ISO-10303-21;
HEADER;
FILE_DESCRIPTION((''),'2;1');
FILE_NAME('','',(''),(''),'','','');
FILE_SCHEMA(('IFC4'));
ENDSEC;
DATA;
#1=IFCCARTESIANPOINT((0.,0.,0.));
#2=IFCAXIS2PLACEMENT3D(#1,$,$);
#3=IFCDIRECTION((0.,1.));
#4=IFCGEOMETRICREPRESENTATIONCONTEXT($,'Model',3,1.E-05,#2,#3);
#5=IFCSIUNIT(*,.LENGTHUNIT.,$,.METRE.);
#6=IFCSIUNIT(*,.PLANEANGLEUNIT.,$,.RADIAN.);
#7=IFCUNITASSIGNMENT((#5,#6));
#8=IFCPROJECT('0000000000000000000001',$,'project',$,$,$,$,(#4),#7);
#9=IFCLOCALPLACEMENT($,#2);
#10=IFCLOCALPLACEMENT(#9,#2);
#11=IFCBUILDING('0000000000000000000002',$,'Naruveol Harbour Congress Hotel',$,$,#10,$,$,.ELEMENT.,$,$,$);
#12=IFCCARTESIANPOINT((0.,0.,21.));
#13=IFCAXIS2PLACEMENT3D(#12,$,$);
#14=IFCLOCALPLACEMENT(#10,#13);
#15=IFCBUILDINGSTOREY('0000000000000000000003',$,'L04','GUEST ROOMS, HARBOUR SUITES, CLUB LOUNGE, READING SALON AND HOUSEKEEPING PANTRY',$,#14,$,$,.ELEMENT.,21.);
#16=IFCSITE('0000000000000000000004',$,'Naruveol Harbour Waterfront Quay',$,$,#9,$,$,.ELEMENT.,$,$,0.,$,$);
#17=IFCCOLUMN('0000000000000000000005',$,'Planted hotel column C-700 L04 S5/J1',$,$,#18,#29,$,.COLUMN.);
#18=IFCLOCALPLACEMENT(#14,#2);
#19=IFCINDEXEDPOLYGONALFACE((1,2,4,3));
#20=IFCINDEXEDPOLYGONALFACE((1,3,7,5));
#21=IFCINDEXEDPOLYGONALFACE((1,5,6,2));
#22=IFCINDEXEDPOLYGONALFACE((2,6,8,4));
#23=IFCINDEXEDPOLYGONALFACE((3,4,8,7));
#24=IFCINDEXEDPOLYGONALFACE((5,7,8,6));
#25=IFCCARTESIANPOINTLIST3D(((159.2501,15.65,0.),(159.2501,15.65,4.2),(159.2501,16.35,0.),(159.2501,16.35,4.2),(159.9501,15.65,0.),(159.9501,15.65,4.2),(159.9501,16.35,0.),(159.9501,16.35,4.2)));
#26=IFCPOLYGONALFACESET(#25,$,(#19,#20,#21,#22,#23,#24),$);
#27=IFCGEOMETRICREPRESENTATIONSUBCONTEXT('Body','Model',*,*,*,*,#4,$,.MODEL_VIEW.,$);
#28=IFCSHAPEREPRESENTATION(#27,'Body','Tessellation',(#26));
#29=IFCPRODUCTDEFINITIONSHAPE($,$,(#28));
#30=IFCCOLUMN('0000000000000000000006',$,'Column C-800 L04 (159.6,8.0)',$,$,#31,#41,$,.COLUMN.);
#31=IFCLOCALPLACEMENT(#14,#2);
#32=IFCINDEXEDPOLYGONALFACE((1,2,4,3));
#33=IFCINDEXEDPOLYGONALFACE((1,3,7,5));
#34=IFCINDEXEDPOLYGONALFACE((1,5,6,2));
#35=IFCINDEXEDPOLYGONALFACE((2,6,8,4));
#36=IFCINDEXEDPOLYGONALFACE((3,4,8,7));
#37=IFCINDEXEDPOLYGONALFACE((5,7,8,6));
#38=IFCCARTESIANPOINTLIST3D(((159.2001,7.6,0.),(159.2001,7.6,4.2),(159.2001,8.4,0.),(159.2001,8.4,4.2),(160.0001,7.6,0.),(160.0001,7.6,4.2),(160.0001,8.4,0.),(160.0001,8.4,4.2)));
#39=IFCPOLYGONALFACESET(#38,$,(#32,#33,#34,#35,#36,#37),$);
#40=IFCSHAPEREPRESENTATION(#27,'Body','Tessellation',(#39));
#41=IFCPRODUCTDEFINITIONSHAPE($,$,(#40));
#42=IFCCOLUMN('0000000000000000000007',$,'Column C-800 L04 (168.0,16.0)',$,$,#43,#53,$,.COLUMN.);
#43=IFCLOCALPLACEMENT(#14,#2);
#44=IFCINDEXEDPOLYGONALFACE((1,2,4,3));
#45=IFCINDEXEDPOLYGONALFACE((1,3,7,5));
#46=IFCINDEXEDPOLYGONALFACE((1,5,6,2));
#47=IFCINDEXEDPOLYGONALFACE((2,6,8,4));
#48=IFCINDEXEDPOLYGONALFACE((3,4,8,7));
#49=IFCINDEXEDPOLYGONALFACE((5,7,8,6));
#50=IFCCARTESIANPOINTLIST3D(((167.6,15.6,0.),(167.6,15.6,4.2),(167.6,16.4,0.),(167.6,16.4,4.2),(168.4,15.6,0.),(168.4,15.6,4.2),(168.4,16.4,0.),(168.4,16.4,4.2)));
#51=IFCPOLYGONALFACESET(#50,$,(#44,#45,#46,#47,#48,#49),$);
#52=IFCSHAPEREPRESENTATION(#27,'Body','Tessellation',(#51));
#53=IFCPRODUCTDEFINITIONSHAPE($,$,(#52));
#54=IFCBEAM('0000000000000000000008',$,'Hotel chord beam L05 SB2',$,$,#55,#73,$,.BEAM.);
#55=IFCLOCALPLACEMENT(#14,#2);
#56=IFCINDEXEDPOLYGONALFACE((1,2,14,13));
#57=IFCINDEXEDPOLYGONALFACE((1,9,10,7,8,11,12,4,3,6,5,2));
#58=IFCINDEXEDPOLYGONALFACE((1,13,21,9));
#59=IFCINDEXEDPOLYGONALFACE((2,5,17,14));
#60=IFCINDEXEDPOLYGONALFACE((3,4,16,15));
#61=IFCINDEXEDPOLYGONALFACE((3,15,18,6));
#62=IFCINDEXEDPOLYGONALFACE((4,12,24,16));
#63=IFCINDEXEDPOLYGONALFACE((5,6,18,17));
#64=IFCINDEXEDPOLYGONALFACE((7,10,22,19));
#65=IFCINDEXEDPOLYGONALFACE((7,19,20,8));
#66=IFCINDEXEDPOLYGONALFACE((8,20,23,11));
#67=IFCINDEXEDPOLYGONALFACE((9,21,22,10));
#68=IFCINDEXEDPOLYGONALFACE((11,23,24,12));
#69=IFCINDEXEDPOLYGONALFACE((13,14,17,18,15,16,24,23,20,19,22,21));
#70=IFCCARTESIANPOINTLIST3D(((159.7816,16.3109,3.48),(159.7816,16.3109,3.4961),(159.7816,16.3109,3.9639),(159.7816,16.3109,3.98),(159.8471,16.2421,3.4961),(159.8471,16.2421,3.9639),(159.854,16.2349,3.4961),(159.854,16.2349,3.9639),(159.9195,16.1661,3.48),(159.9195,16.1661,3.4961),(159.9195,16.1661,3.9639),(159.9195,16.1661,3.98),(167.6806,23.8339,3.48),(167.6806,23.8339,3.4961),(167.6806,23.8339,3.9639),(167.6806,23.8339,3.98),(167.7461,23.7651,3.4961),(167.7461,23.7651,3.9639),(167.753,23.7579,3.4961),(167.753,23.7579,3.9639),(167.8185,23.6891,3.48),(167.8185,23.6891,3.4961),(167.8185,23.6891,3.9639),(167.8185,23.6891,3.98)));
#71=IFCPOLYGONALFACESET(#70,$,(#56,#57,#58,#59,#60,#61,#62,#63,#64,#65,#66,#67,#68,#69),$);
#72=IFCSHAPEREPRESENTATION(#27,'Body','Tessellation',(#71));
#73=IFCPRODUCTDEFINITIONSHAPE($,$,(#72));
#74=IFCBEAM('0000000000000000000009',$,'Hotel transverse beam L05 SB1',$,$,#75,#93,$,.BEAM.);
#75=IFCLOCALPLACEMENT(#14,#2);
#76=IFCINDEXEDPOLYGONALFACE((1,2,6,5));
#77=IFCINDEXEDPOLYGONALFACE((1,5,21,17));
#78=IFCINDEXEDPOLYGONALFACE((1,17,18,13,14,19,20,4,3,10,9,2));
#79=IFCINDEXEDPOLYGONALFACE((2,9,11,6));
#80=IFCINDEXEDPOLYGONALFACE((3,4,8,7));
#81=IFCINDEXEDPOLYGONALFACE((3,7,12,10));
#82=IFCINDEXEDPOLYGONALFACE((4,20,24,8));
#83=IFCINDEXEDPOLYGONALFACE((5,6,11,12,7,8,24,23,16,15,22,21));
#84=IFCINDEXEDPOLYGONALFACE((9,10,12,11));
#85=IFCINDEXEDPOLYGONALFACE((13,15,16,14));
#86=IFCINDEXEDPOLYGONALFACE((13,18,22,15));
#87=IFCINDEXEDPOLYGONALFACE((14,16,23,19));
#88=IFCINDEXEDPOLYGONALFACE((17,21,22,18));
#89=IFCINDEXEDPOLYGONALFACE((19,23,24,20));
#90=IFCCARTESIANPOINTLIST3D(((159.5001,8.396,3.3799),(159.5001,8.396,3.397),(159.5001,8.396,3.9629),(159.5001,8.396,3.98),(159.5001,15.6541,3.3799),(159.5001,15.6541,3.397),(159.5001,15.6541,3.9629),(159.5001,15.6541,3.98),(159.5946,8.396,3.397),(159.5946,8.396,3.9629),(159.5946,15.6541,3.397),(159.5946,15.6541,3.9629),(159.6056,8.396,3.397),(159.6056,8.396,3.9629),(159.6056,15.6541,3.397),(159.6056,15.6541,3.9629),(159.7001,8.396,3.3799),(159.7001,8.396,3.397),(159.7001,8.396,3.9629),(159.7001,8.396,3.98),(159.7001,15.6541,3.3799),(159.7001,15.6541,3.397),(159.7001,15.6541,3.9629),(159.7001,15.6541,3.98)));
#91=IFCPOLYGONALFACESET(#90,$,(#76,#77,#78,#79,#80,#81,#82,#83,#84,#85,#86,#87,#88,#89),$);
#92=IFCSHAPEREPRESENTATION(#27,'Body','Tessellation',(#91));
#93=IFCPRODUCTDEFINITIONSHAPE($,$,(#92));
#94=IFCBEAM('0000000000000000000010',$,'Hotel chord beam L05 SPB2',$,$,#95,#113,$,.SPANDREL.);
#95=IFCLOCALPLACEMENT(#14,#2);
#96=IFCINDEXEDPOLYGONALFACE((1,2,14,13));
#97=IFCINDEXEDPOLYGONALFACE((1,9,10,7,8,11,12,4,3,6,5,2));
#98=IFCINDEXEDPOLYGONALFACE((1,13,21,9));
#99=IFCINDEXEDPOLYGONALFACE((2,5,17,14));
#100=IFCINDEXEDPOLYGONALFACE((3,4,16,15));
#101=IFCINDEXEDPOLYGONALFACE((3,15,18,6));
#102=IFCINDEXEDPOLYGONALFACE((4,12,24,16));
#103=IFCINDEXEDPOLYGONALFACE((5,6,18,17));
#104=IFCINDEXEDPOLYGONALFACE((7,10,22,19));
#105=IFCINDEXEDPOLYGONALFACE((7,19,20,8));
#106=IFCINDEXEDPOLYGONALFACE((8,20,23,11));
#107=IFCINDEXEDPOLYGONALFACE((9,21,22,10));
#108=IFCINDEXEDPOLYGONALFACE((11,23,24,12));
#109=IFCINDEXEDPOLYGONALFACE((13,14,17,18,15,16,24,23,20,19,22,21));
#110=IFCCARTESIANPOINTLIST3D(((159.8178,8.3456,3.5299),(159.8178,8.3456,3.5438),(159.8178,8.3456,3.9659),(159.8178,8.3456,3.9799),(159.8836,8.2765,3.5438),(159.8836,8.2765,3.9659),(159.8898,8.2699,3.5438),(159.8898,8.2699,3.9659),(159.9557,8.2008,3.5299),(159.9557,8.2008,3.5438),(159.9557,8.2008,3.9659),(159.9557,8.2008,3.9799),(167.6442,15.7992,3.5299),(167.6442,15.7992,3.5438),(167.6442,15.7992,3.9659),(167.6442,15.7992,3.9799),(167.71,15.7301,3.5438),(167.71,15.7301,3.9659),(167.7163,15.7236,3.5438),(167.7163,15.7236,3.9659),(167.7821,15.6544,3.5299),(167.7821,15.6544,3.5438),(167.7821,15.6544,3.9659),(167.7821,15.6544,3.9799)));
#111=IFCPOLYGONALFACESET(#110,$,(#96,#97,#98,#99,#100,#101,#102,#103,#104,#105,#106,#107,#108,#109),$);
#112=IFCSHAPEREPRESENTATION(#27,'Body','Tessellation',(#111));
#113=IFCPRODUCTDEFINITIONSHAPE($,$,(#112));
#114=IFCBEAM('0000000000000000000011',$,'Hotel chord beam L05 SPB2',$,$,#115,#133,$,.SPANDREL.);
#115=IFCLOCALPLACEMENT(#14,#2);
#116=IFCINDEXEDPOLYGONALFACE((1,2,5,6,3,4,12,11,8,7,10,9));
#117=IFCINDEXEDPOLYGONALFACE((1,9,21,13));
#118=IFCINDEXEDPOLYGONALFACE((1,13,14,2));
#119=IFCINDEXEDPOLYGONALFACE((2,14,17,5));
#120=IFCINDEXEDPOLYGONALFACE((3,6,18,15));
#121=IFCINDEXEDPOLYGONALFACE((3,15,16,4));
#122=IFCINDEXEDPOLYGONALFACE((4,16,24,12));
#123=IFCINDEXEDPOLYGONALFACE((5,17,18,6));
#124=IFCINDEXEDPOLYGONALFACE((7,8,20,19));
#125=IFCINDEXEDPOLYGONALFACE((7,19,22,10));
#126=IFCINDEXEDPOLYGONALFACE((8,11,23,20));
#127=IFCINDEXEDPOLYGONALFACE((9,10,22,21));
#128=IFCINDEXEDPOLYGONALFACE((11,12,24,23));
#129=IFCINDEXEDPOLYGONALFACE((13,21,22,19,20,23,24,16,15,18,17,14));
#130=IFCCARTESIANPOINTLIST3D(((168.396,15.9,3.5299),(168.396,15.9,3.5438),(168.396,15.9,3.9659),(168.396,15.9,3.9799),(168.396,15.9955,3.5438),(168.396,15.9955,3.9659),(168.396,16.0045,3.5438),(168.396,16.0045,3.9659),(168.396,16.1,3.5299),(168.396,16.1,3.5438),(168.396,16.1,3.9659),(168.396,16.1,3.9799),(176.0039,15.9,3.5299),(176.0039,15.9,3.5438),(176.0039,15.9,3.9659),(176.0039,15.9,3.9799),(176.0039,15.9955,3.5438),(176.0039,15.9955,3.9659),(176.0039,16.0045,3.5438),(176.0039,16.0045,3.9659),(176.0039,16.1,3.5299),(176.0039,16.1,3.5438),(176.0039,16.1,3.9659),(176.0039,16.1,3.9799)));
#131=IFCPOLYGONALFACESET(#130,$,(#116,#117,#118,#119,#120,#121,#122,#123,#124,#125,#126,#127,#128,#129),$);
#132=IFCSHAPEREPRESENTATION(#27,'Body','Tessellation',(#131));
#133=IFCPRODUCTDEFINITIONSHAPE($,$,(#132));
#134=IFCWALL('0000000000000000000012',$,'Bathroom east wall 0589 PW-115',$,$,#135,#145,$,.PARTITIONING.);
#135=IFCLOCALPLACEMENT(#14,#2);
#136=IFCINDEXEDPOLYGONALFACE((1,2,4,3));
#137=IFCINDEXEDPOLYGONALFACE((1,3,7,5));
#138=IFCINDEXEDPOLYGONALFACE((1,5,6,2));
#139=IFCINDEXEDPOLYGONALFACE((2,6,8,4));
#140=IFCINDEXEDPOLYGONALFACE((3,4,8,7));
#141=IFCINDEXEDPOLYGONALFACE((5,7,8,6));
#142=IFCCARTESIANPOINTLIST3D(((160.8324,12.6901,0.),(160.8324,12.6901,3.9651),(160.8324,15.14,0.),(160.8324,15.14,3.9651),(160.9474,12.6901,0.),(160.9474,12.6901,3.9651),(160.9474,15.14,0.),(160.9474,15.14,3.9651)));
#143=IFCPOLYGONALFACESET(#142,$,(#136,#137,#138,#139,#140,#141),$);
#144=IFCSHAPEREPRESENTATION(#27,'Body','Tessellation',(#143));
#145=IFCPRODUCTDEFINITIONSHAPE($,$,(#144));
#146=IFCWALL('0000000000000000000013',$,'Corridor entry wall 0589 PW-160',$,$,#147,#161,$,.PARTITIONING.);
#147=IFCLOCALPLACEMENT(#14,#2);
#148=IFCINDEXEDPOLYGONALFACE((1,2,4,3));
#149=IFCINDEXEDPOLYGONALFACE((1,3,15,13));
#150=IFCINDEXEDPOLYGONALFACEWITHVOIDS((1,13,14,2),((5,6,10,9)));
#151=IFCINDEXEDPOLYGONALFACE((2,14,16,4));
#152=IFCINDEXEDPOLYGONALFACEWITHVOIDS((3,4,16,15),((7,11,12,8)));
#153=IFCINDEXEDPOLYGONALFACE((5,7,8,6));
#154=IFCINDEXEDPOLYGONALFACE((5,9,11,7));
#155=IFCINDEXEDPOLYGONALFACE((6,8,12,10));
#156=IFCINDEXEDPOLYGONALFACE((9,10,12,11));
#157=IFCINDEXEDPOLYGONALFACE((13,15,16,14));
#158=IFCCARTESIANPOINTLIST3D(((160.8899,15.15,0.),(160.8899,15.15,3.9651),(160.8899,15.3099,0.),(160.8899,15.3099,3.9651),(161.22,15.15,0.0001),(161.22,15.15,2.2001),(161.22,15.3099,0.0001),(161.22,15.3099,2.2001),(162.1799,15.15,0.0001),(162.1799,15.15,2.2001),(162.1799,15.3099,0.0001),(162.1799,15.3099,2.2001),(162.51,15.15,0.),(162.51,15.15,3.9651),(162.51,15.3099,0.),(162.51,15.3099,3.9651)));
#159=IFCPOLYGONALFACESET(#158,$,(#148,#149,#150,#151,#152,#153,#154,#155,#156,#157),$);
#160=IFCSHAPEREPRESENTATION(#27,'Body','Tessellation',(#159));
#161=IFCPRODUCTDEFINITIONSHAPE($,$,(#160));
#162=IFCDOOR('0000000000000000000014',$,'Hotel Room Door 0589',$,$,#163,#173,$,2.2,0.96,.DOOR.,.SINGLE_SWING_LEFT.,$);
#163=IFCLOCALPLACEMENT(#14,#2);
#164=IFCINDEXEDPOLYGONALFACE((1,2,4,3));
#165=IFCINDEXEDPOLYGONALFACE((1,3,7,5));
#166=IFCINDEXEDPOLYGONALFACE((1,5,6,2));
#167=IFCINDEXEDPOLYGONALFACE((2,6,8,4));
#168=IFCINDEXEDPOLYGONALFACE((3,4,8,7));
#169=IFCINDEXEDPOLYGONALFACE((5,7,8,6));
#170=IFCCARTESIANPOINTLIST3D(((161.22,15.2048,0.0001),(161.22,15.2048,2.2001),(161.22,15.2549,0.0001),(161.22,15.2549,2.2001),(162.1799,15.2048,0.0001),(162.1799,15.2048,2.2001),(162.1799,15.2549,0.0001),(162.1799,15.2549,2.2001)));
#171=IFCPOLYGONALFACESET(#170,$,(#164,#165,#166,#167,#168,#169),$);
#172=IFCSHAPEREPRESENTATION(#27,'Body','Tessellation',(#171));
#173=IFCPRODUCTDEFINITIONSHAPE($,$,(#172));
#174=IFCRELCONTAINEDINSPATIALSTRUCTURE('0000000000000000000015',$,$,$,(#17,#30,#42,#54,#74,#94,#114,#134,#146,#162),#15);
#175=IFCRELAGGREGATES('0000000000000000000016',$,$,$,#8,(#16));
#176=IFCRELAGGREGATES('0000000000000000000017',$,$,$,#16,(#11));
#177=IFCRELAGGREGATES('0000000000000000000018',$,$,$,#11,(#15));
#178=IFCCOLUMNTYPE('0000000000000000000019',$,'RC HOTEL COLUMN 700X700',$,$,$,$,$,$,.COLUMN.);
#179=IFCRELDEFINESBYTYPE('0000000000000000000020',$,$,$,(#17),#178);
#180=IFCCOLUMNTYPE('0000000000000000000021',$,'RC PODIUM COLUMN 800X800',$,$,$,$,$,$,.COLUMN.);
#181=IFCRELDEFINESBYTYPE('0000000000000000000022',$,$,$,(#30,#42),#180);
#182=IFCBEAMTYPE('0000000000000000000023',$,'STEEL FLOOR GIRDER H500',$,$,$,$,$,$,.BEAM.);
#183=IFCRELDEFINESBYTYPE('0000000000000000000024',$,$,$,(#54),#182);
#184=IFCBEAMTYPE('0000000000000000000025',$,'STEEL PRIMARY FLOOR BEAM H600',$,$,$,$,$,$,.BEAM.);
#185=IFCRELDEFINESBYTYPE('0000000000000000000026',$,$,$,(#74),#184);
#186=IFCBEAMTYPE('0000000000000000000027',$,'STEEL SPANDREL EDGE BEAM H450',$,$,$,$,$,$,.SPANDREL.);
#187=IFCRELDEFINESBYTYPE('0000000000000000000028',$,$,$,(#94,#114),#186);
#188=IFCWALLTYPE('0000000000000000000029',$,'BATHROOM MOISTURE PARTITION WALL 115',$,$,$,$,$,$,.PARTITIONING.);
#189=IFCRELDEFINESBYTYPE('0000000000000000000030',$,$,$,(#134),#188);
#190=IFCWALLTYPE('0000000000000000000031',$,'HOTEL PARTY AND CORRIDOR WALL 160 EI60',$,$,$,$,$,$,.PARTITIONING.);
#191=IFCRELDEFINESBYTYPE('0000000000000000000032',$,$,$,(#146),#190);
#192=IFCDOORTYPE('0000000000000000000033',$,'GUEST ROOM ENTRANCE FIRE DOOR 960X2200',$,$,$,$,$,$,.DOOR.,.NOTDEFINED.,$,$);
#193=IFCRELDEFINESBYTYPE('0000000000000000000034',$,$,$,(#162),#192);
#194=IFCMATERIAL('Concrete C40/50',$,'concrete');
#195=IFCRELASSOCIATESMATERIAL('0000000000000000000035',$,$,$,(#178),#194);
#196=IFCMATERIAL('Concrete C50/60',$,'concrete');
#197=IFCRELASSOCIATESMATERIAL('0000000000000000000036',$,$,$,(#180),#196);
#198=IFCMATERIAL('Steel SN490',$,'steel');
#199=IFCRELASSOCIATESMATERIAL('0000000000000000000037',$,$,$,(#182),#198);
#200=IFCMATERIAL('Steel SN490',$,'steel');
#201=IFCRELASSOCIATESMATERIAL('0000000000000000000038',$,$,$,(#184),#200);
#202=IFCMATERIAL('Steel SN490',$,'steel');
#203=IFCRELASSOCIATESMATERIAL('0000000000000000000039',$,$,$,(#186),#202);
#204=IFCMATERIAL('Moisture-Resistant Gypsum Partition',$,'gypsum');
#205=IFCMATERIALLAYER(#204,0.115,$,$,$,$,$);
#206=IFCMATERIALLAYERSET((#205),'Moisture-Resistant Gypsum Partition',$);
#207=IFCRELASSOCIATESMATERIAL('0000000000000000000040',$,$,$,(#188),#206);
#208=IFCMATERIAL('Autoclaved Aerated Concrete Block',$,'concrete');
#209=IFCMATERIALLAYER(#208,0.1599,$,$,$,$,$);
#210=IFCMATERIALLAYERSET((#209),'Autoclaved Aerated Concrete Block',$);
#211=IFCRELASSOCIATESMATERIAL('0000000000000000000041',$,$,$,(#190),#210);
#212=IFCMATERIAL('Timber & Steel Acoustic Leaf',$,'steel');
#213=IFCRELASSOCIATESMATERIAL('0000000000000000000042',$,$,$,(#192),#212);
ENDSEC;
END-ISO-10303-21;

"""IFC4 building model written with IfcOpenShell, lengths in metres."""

from ifc_helpers import new_model, si_unit, direction, frame, frame_2d, origin, origin_2d, place, context, subcontext, project, spatial, rectangle, i_section, extrude, material, layer, layer_set, material_profile, profile_set, type_object, element, fill, save


model = new_model("IFC4")

# Units and contexts
model_context = context("Model", 3, precision=1e-05, world=origin(), true_north=direction((0.0, 1.0)))
body_context = subcontext(model_context, "Body", "Model", "MODEL_VIEW")
ifc_project = project(units=[si_unit("LENGTHUNIT", "METRE"), si_unit("PLANEANGLEUNIT", "RADIAN")], contexts=[model_context])

# Site, building, storey
site_placement = place(None, origin())
site = spatial("IfcSite", under=ifc_project, at=site_placement, Name="Naruveol Harbour Waterfront Quay", CompositionType="ELEMENT", RefElevation=0.0)
building_placement = place(site_placement, origin())
building = spatial("IfcBuilding", under=site, at=building_placement, Name="Naruveol Harbour Congress Hotel", CompositionType="ELEMENT")
storey_placement = place(building_placement, frame((0.0, 0.0, 21.0)))
storey = spatial("IfcBuildingStorey", under=building, at=storey_placement, Name="L04", Description="GUEST ROOMS, HARBOUR SUITES, CLUB LOUNGE, READING SALON AND HOUSEKEEPING PANTRY", CompositionType="ELEMENT", Elevation=21.0)

# Columns
ifc_material_1 = material(Name="Concrete C40/50", Category="concrete")
ifc_material_profile_1 = material_profile(ifc_material_1, rectangle(XDim=0.7, YDim=0.7, at=origin_2d()), Name="RC-700x700")
ifc_profile_set_1 = profile_set([ifc_material_profile_1], Name="Concrete C40/50")
column_type_1 = type_object("IfcColumnType", Name="RC HOTEL COLUMN 700X700", PredefinedType="COLUMN", material=ifc_profile_set_1)
column_placement = place(storey_placement, frame((159.6001, 16.0, 0.0), z_axis=(0.0, 0.0, 1.0), x_axis=(1.0, 0.0, 0.0)))
element("IfcColumn", 1, at=column_placement, inside=storey, type_object=column_type_1, Name="Planted hotel column C-700 L04 S5/J1", PredefinedType="COLUMN", context=body_context, shape_type="SweptSolid", body=[
    extrude(rectangle(XDim=0.7, YDim=0.7, at=origin_2d()), origin(), (0.0, 0.0, 1.0), 4.2),
])
ifc_material_2 = material(Name="Concrete C50/60", Category="concrete")
ifc_material_profile_2 = material_profile(ifc_material_2, rectangle(XDim=0.8, YDim=0.8, at=origin_2d()), Name="RC-800x800")
ifc_profile_set_2 = profile_set([ifc_material_profile_2], Name="Concrete C50/60")
column_type_2 = type_object("IfcColumnType", Name="RC PODIUM COLUMN 800X800", PredefinedType="COLUMN", material=ifc_profile_set_2)
for number, where, z_axis, x_axis, name in (
    (2, (159.6001, 8.0, 0.0), (0.0, 0.0, 1.0), (1.0, 0.0, 0.0), "Column C-800 L04 (159.6,8.0)"),
    (3, (168.0, 16.0, 0.0), (0.0, 0.0, 1.0), (1.0, 0.0, 0.0), "Column C-800 L04 (168.0,16.0)"),
):
    element("IfcColumn", number, at=place(storey_placement, frame(where, z_axis=z_axis, x_axis=x_axis)), inside=storey, type_object=column_type_2, Name=name, PredefinedType="COLUMN", context=body_context, shape_type="SweptSolid", body=[
        extrude(rectangle(XDim=0.8, YDim=0.8, at=origin_2d()), origin(), (0.0, 0.0, 1.0), 4.2),
    ])

# Beams
ifc_material_3 = material(Name="Steel SN490", Category="steel")
ifc_material_profile_3 = material_profile(ifc_material_3, i_section(OverallWidth=0.2, OverallDepth=0.5, WebThickness=0.01, FlangeThickness=0.0161, at=origin_2d()), Name="H-500x200x10x16")
ifc_profile_set_3 = profile_set([ifc_material_profile_3], Name="Steel SN490")
beam_type_1 = type_object("IfcBeamType", Name="STEEL FLOOR GIRDER H500", PredefinedType="BEAM", material=ifc_profile_set_3)
beam_1_placement = place(storey_placement, frame((159.8506, 16.2385, 3.73), z_axis=(0.72413, 0.689663, 0.0), x_axis=(-0.689663, 0.72413, 0.0)))
element("IfcBeam", 4, at=beam_1_placement, inside=storey, type_object=beam_type_1, Name="Hotel chord beam L05 SB2", PredefinedType="BEAM", context=body_context, shape_type="SweptSolid", body=[
    extrude(i_section(OverallWidth=0.2, OverallDepth=0.5, WebThickness=0.01, FlangeThickness=0.0161, at=origin_2d()), origin(), (0.0, 0.0, 1.0), 10.9082),
])
ifc_material_4 = material(Name="Steel SN490", Category="steel")
ifc_material_profile_4 = material_profile(ifc_material_4, i_section(OverallWidth=0.2, OverallDepth=0.6001, WebThickness=0.011, FlangeThickness=0.0171, at=origin_2d()), Name="H-600x200x11x17")
ifc_profile_set_4 = profile_set([ifc_material_profile_4], Name="Steel SN490")
beam_type_2 = type_object("IfcBeamType", Name="STEEL PRIMARY FLOOR BEAM H600", PredefinedType="BEAM", material=ifc_profile_set_4)
beam_2_placement = place(storey_placement, frame((159.6001, 8.396, 3.6799), z_axis=(0.0, 1.0, 0.0), x_axis=(-1.0, 0.0, 0.0)))
element("IfcBeam", 5, at=beam_2_placement, inside=storey, type_object=beam_type_2, Name="Hotel transverse beam L05 SB1", PredefinedType="BEAM", context=body_context, shape_type="SweptSolid", body=[
    extrude(i_section(OverallWidth=0.2, OverallDepth=0.6001, WebThickness=0.011, FlangeThickness=0.0171, at=origin_2d()), origin(), (0.0, 0.0, 1.0), 7.2581),
])
ifc_material_5 = material(Name="Steel SN490", Category="steel")
ifc_material_profile_5 = material_profile(ifc_material_5, i_section(OverallWidth=0.2, OverallDepth=0.45, WebThickness=0.009, FlangeThickness=0.0139, at=origin_2d()), Name="H-450x200x9x14")
ifc_profile_set_5 = profile_set([ifc_material_profile_5], Name="Steel SN490")
beam_type_3 = type_object("IfcBeamType", Name="STEEL SPANDREL EDGE BEAM H450", PredefinedType="SPANDREL", material=ifc_profile_set_5)
beam_3_placement = place(storey_placement, frame((159.8867, 8.2732, 3.7549), z_axis=(0.724143, 0.68965, 0.0), x_axis=(-0.68965, 0.724143, 0.0)))
element("IfcBeam", 6, at=beam_3_placement, inside=storey, type_object=beam_type_3, Name="Hotel chord beam L05 SPB2", PredefinedType="SPANDREL", context=body_context, shape_type="SweptSolid", body=[
    extrude(i_section(OverallWidth=0.2, OverallDepth=0.45, WebThickness=0.009, FlangeThickness=0.0139, at=origin_2d()), origin(), (0.0, 0.0, 1.0), 10.8079),
])
beam_4_placement = place(storey_placement, frame((168.396, 16.0, 3.7549), z_axis=(1.0, 0.0, 0.0), x_axis=(0.0, 1.0, 0.0)))
element("IfcBeam", 7, at=beam_4_placement, inside=storey, type_object=beam_type_3, Name="Hotel chord beam L05 SPB2", PredefinedType="SPANDREL", context=body_context, shape_type="SweptSolid", body=[
    extrude(i_section(OverallWidth=0.2, OverallDepth=0.45, WebThickness=0.009, FlangeThickness=0.0139, at=origin_2d()), origin(), (0.0, 0.0, 1.0), 7.6079),
])

# Wall
ifc_material_6 = material(Name="Moisture-Resistant Gypsum Partition", Category="gypsum")
ifc_layer_1 = layer(ifc_material_6, 0.115)
ifc_layer_set_1 = layer_set([ifc_layer_1], Name="Moisture-Resistant Gypsum Partition")
wall_type_1 = type_object("IfcWallType", Name="BATHROOM MOISTURE PARTITION WALL 115", PredefinedType="PARTITIONING", material=ifc_layer_set_1)
wall_1_placement = place(storey_placement, frame((160.8899, 12.6899, 0.0), z_axis=(0.0, 0.0, 1.0), x_axis=(0.0, 1.0, 0.0)))
element("IfcWall", 8, at=wall_1_placement, inside=storey, type_object=wall_type_1, Name="Bathroom east wall 0589 PW-115", PredefinedType="PARTITIONING", context=body_context, shape_type="SweptSolid", body=[
    extrude(rectangle(XDim=2.45, YDim=0.115, at=frame_2d((1.2251, 0.0))), origin(), (0.0, 0.0, 1.0), 3.9651),
])

# Wall, opening, door
ifc_material_7 = material(Name="Autoclaved Aerated Concrete Block", Category="concrete")
ifc_layer_2 = layer(ifc_material_7, 0.1599)
ifc_layer_set_2 = layer_set([ifc_layer_2], Name="Autoclaved Aerated Concrete Block")
wall_type_2 = type_object("IfcWallType", Name="HOTEL PARTY AND CORRIDOR WALL 160 EI60", PredefinedType="PARTITIONING", material=ifc_layer_set_2)
wall_2_placement = place(storey_placement, frame((160.8899, 15.23, 0.0), z_axis=(0.0, 0.0, 1.0), x_axis=(1.0, 0.0, 0.0)))
wall_2 = element("IfcWall", 9, at=wall_2_placement, inside=storey, type_object=wall_type_2, Name="Corridor entry wall 0589 PW-160", PredefinedType="PARTITIONING", context=body_context, shape_type="SweptSolid", body=[
    extrude(rectangle(XDim=1.6201, YDim=0.1599, at=frame_2d((0.8101, 0.0))), origin(), (0.0, 0.0, 1.0), 3.9651),
])
opening_1_placement = place(wall_2_placement, frame((0.3301, 0.0, 0.0)))
opening_1 = element("IfcOpeningElement", 10, at=opening_1_placement, cuts=wall_2, PredefinedType="OPENING", context=body_context, shape_type="SweptSolid", body=[
    extrude(rectangle(XDim=0.96, YDim=2.2, at=frame_2d((0.48, 1.1001))), frame((0.0, 0.0898, 0.0), z_axis=(0.0, -1.0, 0.0), x_axis=(1.0, 0.0, 0.0)), (0.0, 0.0, 1.0), 0.1799),
])
ifc_material_8 = material(Name="Timber & Steel Acoustic Leaf", Category="steel")
door_type_1 = type_object("IfcDoorType", Name="GUEST ROOM ENTRANCE FIRE DOOR 960X2200", OperationType="NOTDEFINED", PredefinedType="DOOR", material=ifc_material_8)
door_1_placement = place(opening_1_placement, origin())
door_1 = element("IfcDoor", 11, at=door_1_placement, inside=storey, type_object=door_type_1, Name="Hotel Room Door 0589", OperationType="SINGLE_SWING_LEFT", OverallHeight=2.2, OverallWidth=0.96, PredefinedType="DOOR", context=body_context, shape_type="SweptSolid", body=[
    extrude(rectangle(XDim=0.96, YDim=2.2, at=frame_2d((0.48, 1.1001))), frame((0.0, 0.0249, 0.0), z_axis=(0.0, -1.0, 0.0), x_axis=(1.0, 0.0, 0.0)), (0.0, 0.0, 1.0), 0.05),
])
fill(opening_1, door_1)

save(model, "model.ifc")
